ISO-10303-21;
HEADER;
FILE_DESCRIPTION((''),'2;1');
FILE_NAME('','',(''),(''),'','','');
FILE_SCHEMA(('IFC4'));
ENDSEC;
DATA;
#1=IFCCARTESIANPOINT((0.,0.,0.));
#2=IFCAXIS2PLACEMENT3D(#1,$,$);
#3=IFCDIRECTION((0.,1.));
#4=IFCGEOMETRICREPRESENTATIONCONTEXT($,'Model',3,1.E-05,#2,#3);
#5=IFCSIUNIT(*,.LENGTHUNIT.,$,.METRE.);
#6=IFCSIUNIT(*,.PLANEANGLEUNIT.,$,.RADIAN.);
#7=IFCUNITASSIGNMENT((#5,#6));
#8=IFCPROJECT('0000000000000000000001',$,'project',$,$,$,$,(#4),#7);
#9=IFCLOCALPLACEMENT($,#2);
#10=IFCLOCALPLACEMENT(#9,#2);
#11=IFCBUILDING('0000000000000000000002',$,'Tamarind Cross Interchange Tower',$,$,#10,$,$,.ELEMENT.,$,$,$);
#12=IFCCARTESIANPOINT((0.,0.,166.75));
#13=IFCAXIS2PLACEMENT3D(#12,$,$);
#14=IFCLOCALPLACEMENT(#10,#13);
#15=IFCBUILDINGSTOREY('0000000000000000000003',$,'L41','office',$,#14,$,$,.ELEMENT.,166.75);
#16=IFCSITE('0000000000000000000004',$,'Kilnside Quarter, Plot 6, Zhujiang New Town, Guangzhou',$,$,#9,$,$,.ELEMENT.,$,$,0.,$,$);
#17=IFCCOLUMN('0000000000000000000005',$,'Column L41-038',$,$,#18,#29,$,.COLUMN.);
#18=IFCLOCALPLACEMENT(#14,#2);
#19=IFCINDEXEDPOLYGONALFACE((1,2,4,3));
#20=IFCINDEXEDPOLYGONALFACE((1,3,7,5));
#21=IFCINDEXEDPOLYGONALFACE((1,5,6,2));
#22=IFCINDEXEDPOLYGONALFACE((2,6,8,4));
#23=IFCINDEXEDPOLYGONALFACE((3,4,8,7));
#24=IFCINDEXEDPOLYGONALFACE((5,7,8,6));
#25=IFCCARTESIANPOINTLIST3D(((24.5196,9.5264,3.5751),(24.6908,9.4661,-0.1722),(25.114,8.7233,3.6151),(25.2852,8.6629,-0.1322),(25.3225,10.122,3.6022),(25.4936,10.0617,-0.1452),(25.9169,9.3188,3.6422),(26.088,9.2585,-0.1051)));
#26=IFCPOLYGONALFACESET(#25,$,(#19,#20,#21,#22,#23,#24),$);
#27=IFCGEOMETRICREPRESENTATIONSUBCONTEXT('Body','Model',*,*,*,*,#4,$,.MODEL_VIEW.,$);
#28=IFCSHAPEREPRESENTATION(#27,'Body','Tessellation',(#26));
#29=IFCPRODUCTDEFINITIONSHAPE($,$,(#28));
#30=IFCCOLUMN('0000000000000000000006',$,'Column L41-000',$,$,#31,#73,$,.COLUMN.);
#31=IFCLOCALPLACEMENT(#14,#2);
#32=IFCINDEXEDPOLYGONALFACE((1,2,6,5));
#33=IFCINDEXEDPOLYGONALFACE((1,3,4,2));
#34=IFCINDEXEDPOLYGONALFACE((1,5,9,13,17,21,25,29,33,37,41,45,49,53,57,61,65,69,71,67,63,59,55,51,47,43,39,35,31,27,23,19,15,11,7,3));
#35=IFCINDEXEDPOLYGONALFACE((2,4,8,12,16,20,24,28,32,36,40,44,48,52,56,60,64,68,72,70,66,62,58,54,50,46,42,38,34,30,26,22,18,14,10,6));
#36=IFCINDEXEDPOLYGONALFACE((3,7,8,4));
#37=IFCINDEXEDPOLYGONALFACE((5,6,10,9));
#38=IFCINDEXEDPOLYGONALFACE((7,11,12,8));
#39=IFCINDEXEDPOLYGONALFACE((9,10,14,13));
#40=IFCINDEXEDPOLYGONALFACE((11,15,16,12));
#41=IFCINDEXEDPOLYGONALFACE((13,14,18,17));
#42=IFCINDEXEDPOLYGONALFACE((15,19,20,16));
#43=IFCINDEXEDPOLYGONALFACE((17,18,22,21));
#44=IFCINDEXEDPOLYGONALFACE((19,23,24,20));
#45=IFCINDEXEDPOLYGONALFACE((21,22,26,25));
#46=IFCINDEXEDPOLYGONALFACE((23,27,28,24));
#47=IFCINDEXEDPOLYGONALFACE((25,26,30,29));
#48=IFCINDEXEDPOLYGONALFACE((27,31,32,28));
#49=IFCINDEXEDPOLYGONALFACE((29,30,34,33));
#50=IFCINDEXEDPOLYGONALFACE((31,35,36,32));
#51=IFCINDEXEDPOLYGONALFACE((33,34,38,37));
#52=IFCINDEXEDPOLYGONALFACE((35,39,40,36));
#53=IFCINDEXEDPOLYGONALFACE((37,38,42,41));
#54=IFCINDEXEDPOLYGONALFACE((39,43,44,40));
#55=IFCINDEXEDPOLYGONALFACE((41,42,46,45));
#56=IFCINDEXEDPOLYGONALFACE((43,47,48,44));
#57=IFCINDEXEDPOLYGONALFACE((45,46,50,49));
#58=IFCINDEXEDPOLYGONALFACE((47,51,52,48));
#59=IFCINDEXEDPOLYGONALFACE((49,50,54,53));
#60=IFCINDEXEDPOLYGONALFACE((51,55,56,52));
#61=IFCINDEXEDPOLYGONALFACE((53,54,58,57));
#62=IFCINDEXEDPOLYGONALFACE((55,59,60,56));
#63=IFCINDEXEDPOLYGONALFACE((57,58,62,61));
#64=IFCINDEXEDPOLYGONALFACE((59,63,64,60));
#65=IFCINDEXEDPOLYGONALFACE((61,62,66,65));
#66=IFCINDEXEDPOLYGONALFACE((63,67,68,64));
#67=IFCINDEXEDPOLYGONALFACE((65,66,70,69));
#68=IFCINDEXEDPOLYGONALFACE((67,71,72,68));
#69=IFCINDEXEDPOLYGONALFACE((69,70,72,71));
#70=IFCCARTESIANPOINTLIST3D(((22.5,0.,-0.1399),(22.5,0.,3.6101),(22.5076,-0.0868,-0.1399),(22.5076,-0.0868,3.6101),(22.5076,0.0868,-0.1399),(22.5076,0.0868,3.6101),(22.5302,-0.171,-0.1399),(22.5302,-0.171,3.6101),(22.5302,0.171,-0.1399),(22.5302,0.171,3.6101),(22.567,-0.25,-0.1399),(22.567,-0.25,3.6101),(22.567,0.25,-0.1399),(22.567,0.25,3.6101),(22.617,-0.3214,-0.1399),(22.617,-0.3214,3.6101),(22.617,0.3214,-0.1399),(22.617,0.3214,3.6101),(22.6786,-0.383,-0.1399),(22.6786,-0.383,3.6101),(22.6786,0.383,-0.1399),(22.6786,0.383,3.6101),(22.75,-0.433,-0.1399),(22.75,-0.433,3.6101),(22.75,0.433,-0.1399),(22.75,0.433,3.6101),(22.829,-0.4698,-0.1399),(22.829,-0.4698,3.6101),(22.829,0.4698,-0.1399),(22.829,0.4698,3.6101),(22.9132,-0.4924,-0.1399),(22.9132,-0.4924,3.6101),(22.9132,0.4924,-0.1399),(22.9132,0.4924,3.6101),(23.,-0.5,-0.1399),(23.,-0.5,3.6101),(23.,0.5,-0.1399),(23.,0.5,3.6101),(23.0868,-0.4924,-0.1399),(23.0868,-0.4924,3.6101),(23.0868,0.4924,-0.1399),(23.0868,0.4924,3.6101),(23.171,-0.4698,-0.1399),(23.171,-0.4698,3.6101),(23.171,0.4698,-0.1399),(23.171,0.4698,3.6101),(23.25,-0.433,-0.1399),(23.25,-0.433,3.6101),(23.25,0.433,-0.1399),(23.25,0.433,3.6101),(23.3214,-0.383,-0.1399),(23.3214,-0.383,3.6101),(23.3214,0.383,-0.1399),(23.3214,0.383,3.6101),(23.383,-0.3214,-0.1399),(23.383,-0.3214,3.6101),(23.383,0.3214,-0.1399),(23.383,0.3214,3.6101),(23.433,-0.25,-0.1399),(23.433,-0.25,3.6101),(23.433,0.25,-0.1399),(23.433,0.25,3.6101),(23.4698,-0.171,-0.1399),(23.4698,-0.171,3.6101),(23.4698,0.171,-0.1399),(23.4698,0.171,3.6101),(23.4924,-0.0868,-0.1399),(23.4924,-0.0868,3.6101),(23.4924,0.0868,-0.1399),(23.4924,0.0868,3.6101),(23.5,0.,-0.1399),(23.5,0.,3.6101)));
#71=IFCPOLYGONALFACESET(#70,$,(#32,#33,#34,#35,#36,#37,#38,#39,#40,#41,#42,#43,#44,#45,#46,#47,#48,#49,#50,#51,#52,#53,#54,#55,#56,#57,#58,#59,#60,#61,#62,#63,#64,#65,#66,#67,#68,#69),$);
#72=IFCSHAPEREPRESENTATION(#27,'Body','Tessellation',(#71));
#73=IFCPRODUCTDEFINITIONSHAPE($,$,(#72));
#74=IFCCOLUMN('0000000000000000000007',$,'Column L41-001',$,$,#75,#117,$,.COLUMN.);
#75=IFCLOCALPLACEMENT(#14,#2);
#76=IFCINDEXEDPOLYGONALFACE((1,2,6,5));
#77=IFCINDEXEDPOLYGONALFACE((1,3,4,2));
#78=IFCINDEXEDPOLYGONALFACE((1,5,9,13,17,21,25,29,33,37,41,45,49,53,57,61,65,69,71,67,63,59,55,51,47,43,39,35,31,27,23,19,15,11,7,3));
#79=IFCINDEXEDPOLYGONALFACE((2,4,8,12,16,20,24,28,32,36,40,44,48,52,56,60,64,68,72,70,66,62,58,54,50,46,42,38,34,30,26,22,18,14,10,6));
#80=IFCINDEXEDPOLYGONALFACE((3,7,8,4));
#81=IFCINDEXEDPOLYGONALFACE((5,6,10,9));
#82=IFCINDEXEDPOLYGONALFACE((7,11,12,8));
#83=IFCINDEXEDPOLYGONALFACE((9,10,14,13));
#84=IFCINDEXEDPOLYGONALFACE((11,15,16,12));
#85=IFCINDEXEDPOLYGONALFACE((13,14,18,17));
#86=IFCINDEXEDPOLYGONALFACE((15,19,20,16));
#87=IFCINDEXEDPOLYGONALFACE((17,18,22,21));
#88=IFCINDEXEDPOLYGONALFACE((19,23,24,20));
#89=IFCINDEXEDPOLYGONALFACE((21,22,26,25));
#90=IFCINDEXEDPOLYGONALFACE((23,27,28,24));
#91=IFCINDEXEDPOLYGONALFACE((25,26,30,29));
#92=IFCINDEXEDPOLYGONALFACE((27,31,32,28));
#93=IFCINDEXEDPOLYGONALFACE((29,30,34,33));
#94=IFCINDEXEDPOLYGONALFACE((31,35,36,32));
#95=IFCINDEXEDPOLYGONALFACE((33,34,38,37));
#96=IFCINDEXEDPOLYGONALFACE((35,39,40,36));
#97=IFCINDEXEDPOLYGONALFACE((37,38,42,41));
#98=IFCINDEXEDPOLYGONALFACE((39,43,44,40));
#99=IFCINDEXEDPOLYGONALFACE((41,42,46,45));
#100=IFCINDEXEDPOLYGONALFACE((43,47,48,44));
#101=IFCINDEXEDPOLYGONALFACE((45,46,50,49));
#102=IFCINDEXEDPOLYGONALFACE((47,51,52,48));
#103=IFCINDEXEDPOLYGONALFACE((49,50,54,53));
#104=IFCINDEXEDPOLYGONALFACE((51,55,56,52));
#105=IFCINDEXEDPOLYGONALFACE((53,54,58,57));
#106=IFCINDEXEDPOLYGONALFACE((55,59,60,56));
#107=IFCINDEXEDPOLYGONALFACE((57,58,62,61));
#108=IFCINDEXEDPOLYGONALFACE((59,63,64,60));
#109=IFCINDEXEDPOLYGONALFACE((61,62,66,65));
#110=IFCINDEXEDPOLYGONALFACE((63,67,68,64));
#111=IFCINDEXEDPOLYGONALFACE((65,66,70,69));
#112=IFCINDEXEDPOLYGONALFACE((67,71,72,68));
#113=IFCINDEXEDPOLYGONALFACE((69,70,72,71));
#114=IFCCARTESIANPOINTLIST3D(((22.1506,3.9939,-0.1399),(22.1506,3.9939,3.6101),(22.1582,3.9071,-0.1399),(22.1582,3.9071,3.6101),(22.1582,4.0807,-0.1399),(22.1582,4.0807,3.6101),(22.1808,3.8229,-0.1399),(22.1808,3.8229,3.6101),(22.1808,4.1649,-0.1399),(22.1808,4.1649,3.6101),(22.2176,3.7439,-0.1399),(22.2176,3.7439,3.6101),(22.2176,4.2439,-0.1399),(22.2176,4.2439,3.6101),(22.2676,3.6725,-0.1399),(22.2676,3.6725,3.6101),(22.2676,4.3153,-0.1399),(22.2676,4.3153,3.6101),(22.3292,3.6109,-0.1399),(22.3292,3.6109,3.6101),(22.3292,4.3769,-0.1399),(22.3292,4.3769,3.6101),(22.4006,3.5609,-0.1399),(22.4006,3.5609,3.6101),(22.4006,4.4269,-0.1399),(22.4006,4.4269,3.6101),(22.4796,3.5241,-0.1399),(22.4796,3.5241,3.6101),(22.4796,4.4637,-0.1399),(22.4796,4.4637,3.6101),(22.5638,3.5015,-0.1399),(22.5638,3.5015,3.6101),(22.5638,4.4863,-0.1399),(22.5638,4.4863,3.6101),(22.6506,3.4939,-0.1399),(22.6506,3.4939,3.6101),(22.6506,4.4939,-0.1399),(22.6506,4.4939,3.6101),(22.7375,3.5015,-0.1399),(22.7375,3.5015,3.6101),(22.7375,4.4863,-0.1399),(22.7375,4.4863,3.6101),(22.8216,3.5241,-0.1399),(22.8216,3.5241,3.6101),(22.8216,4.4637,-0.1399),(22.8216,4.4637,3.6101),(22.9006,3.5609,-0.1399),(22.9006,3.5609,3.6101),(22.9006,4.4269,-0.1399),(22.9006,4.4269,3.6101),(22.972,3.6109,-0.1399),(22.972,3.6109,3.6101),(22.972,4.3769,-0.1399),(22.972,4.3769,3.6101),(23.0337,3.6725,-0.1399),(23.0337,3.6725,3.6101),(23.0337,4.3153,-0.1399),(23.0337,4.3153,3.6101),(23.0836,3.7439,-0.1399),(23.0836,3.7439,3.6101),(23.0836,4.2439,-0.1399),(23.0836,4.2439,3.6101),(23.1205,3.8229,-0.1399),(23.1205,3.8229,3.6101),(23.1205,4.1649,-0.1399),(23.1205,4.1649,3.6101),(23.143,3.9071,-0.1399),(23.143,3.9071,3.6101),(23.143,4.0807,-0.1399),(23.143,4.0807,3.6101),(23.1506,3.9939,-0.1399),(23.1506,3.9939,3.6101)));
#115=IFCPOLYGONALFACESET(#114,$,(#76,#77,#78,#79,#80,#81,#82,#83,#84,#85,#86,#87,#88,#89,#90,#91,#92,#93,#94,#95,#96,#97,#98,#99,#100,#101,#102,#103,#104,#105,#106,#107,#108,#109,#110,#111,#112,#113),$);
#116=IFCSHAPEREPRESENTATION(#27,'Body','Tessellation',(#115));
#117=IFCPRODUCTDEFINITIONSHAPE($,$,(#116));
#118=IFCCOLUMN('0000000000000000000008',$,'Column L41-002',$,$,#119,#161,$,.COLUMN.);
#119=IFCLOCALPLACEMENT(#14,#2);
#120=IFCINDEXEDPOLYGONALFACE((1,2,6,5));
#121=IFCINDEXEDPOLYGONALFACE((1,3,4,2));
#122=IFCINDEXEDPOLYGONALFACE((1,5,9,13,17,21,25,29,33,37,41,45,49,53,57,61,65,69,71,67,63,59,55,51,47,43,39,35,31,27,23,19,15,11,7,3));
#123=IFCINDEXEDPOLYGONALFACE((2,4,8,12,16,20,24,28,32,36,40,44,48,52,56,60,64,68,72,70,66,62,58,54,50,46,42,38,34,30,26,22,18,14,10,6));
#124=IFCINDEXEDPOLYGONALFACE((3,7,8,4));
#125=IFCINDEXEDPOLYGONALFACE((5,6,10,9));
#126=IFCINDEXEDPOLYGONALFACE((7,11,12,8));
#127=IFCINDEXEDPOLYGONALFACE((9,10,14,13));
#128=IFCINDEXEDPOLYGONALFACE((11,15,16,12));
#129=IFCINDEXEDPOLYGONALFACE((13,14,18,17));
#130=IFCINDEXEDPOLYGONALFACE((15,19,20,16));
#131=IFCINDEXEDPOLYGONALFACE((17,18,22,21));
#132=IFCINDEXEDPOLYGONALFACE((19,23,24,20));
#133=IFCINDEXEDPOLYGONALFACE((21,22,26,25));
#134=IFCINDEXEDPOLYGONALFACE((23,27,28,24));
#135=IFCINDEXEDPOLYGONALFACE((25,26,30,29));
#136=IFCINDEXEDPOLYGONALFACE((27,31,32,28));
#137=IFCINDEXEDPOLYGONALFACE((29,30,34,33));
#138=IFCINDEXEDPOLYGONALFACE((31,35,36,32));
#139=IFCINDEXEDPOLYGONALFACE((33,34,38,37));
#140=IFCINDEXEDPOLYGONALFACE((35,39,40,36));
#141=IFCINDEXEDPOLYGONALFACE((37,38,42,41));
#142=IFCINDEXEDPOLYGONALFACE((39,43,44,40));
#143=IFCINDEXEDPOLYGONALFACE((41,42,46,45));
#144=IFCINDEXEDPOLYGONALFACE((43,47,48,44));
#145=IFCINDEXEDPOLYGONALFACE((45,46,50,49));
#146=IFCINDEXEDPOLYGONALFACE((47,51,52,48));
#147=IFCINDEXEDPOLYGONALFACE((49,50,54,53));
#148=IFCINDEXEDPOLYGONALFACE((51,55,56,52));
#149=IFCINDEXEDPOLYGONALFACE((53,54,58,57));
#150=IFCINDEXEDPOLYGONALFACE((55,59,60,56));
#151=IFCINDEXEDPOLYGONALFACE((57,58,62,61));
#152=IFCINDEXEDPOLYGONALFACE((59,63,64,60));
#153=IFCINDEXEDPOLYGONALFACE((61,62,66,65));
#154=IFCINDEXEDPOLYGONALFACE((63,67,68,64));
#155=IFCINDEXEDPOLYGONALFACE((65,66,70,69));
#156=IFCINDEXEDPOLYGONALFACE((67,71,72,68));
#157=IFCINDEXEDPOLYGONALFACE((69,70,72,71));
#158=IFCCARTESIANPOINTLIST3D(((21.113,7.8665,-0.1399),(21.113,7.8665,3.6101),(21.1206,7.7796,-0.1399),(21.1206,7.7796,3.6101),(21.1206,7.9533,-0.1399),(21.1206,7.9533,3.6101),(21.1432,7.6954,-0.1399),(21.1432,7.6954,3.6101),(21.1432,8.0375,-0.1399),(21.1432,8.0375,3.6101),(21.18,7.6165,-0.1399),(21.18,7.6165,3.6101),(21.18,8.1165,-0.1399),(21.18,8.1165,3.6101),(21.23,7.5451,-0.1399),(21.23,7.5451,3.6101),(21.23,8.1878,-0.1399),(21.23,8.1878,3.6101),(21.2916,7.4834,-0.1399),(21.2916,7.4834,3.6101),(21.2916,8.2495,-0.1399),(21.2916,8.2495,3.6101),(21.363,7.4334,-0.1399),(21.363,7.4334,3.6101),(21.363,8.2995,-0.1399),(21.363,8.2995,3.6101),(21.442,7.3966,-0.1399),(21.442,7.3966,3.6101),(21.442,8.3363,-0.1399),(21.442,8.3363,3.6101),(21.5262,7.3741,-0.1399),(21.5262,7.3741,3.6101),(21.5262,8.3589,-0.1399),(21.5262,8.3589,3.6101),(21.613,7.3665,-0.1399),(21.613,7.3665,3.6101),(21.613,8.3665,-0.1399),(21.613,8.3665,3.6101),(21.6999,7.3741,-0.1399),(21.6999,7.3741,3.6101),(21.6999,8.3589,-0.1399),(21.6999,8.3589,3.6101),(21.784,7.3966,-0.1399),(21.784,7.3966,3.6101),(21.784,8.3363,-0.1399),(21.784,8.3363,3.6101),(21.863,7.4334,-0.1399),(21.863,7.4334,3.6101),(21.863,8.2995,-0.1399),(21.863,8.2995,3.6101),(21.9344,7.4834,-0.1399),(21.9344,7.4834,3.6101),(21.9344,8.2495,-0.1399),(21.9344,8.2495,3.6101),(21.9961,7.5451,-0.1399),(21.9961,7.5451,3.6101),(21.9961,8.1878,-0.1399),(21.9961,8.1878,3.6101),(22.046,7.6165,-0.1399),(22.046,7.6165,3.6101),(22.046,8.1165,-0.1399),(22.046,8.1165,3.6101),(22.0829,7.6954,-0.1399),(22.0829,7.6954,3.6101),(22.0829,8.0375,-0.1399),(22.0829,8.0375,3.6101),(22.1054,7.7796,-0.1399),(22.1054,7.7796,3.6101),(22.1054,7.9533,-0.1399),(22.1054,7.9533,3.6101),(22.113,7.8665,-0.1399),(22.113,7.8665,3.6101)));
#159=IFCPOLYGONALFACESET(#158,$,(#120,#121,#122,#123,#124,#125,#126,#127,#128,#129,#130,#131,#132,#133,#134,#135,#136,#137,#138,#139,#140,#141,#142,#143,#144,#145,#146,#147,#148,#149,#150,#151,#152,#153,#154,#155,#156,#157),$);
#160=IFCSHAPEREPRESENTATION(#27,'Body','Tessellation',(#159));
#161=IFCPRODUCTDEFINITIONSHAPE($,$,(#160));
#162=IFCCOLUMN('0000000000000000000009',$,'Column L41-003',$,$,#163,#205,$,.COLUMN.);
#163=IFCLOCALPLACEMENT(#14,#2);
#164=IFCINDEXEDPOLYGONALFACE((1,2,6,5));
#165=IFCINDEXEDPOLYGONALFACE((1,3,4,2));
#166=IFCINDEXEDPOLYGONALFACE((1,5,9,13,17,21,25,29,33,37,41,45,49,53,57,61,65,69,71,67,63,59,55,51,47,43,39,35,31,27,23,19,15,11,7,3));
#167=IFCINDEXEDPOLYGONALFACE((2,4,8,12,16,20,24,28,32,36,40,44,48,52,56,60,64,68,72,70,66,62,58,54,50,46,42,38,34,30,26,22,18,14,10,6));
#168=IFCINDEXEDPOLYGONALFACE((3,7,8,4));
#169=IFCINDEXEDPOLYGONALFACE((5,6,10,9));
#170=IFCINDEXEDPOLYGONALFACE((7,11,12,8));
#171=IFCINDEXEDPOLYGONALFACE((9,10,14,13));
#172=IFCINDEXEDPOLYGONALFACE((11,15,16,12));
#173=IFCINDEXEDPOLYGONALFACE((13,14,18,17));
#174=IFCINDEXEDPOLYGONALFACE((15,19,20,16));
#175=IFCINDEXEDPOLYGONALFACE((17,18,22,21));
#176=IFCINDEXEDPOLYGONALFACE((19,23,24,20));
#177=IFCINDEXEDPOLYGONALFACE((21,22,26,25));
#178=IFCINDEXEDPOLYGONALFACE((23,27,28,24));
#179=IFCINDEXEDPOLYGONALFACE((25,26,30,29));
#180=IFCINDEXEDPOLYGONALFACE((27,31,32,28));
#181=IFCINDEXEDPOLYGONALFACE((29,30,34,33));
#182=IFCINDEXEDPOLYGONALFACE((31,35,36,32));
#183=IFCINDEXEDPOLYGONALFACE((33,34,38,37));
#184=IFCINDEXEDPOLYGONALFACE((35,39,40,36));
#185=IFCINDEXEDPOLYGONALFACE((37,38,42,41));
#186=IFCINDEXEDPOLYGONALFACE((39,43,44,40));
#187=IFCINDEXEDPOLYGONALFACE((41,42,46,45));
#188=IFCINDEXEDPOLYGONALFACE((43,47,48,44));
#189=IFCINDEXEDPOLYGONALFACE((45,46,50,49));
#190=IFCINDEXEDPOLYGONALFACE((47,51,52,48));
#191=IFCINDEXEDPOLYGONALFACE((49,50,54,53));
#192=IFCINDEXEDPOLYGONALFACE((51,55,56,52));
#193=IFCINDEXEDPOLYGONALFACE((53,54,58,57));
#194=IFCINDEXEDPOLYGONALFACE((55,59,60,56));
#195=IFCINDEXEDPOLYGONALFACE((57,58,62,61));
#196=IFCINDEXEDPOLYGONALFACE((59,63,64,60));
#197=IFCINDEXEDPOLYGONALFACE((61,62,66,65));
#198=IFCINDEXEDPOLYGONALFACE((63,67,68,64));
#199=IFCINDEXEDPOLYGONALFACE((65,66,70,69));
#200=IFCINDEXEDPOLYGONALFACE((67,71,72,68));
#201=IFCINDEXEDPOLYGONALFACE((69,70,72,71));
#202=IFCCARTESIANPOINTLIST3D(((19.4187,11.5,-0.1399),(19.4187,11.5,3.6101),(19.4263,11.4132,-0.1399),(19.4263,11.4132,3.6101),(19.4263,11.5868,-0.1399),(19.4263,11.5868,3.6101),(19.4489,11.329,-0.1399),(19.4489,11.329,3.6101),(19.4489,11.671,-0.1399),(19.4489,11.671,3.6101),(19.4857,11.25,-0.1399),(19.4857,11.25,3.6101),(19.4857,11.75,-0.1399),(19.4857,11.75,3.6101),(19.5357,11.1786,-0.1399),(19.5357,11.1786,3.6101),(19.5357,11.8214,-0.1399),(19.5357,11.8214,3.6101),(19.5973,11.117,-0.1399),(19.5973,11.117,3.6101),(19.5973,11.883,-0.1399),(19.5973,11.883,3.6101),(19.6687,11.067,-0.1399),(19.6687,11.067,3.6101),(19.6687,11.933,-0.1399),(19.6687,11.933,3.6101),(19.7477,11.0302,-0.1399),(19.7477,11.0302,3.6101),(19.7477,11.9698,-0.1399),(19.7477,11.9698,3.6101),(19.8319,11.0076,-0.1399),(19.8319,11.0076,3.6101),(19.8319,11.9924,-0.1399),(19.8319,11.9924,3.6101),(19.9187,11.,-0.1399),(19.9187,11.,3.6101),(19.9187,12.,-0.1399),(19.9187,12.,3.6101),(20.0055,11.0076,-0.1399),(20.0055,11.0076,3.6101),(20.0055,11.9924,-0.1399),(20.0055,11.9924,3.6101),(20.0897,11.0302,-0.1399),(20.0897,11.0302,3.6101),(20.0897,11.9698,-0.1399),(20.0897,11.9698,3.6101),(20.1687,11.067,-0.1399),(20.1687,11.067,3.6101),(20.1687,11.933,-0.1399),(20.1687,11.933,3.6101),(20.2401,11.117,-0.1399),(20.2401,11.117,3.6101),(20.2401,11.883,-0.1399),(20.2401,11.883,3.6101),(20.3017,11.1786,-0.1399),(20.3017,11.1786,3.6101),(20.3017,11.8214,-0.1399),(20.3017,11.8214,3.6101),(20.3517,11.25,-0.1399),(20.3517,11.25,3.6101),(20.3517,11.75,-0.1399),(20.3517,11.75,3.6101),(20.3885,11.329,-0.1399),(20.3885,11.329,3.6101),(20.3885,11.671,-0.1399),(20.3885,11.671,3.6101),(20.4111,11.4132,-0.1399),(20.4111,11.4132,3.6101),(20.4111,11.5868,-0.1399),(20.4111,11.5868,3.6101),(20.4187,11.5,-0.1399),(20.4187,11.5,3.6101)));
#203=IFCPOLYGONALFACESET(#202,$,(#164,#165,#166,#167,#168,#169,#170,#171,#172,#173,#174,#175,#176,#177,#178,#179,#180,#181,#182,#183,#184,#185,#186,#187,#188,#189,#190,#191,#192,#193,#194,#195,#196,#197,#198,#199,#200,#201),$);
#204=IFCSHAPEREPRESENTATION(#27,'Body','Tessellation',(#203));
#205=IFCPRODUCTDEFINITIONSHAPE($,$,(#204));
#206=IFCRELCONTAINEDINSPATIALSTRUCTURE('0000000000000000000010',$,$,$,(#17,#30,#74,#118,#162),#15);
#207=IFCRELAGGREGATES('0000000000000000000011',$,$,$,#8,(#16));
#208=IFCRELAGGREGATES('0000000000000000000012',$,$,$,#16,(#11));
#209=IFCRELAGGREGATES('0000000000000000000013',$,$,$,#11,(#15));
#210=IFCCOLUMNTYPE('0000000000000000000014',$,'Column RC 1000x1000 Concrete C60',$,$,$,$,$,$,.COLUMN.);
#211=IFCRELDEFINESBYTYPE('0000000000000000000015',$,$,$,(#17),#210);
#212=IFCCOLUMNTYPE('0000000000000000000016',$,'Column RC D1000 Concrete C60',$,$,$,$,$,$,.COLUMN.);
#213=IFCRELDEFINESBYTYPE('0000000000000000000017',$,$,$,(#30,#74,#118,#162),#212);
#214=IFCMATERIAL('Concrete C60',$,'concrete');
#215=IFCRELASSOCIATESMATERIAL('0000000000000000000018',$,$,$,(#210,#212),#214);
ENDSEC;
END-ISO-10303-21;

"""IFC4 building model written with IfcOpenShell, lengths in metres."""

from ifc_helpers import new_model, si_unit, direction, frame, origin, origin_2d, place, context, subcontext, project, spatial, rectangle, circle, extrude, material, material_profile, profile_set, type_object, element, save


model = new_model("IFC4")

# Units and contexts
model_context = context("Model", 3, precision=1e-05, world=origin(), true_north=direction((0.0, 1.0)))
body_context = subcontext(model_context, "Body", "Model", "MODEL_VIEW")
ifc_project = project(units=[si_unit("LENGTHUNIT", "METRE"), si_unit("PLANEANGLEUNIT", "RADIAN")], contexts=[model_context])

# Site, building, storey
site_placement = place(None, origin())
site = spatial("IfcSite", under=ifc_project, at=site_placement, Name="Kilnside Quarter, Plot 6, Zhujiang New Town, Guangzhou", CompositionType="ELEMENT", RefElevation=0.0)
building_placement = place(site_placement, origin())
building = spatial("IfcBuilding", under=site, at=building_placement, Name="Tamarind Cross Interchange Tower", CompositionType="ELEMENT")
storey_placement = place(building_placement, frame((0.0, 0.0, 166.75)))
storey = spatial("IfcBuildingStorey", under=building, at=storey_placement, Name="L41", Description="office", CompositionType="ELEMENT", Elevation=166.75)

# Columns
ifc_material_1 = material(Name="Concrete C60", Category="concrete")
ifc_material_profile_1 = material_profile(ifc_material_1, rectangle(XDim=1.0, YDim=1.0, at=origin_2d()), Name="RC 1000x1000")
ifc_profile_set_1 = profile_set([ifc_material_profile_1], Name="Concrete C60")
column_type_1 = type_object("IfcColumnType", Name="Column RC 1000x1000 Concrete C60", PredefinedType="COLUMN", material=ifc_profile_set_1)
column_placement = place(storey_placement, frame((25.3894, 9.3623, -0.1387), z_axis=(-0.045617, 0.016073, 0.99883), x_axis=(0.594428, -0.80315, 0.040072)))
element("IfcColumn", 1, at=column_placement, inside=storey, type_object=column_type_1, Name="Column L41-038", PredefinedType="COLUMN", context=body_context, shape_type="SweptSolid", body=[
    extrude(rectangle(XDim=1.0, YDim=1.0, at=origin_2d()), origin(), (0.0, 0.0, 1.0), 3.7517),
])
ifc_material_profile_2 = material_profile(ifc_material_1, circle(Radius=0.5, at=origin_2d()), Name="RC D1000")
ifc_profile_set_2 = profile_set([ifc_material_profile_2], Name="Concrete C60")
column_type_2 = type_object("IfcColumnType", Name="Column RC D1000 Concrete C60", PredefinedType="COLUMN", material=ifc_profile_set_2)
for number, where, z_axis, x_axis, name in (
    (2, (23.0, 0.0, -0.1399), (0.0, 0.0, 1.0), (1.0, 0.0, 0.0), "Column L41-000"),
    (3, (22.6506, 3.9939, -0.1399), (0.0, 0.0, 1.0), (1.0, 0.0, 0.0), "Column L41-001"),
    (4, (21.613, 7.8665, -0.1399), (0.0, 0.0, 1.0), (1.0, 0.0, 0.0), "Column L41-002"),
    (5, (19.9187, 11.5, -0.1399), (0.0, 0.0, 1.0), (1.0, 0.0, 0.0), "Column L41-003"),
):
    element("IfcColumn", number, at=place(storey_placement, frame(where, z_axis=z_axis, x_axis=x_axis)), inside=storey, type_object=column_type_2, Name=name, PredefinedType="COLUMN", context=body_context, shape_type="SweptSolid", body=[
        extrude(circle(Radius=0.5, at=origin_2d()), origin(), (0.0, 0.0, 1.0), 3.75),
    ])

save(model, "model.ifc")
